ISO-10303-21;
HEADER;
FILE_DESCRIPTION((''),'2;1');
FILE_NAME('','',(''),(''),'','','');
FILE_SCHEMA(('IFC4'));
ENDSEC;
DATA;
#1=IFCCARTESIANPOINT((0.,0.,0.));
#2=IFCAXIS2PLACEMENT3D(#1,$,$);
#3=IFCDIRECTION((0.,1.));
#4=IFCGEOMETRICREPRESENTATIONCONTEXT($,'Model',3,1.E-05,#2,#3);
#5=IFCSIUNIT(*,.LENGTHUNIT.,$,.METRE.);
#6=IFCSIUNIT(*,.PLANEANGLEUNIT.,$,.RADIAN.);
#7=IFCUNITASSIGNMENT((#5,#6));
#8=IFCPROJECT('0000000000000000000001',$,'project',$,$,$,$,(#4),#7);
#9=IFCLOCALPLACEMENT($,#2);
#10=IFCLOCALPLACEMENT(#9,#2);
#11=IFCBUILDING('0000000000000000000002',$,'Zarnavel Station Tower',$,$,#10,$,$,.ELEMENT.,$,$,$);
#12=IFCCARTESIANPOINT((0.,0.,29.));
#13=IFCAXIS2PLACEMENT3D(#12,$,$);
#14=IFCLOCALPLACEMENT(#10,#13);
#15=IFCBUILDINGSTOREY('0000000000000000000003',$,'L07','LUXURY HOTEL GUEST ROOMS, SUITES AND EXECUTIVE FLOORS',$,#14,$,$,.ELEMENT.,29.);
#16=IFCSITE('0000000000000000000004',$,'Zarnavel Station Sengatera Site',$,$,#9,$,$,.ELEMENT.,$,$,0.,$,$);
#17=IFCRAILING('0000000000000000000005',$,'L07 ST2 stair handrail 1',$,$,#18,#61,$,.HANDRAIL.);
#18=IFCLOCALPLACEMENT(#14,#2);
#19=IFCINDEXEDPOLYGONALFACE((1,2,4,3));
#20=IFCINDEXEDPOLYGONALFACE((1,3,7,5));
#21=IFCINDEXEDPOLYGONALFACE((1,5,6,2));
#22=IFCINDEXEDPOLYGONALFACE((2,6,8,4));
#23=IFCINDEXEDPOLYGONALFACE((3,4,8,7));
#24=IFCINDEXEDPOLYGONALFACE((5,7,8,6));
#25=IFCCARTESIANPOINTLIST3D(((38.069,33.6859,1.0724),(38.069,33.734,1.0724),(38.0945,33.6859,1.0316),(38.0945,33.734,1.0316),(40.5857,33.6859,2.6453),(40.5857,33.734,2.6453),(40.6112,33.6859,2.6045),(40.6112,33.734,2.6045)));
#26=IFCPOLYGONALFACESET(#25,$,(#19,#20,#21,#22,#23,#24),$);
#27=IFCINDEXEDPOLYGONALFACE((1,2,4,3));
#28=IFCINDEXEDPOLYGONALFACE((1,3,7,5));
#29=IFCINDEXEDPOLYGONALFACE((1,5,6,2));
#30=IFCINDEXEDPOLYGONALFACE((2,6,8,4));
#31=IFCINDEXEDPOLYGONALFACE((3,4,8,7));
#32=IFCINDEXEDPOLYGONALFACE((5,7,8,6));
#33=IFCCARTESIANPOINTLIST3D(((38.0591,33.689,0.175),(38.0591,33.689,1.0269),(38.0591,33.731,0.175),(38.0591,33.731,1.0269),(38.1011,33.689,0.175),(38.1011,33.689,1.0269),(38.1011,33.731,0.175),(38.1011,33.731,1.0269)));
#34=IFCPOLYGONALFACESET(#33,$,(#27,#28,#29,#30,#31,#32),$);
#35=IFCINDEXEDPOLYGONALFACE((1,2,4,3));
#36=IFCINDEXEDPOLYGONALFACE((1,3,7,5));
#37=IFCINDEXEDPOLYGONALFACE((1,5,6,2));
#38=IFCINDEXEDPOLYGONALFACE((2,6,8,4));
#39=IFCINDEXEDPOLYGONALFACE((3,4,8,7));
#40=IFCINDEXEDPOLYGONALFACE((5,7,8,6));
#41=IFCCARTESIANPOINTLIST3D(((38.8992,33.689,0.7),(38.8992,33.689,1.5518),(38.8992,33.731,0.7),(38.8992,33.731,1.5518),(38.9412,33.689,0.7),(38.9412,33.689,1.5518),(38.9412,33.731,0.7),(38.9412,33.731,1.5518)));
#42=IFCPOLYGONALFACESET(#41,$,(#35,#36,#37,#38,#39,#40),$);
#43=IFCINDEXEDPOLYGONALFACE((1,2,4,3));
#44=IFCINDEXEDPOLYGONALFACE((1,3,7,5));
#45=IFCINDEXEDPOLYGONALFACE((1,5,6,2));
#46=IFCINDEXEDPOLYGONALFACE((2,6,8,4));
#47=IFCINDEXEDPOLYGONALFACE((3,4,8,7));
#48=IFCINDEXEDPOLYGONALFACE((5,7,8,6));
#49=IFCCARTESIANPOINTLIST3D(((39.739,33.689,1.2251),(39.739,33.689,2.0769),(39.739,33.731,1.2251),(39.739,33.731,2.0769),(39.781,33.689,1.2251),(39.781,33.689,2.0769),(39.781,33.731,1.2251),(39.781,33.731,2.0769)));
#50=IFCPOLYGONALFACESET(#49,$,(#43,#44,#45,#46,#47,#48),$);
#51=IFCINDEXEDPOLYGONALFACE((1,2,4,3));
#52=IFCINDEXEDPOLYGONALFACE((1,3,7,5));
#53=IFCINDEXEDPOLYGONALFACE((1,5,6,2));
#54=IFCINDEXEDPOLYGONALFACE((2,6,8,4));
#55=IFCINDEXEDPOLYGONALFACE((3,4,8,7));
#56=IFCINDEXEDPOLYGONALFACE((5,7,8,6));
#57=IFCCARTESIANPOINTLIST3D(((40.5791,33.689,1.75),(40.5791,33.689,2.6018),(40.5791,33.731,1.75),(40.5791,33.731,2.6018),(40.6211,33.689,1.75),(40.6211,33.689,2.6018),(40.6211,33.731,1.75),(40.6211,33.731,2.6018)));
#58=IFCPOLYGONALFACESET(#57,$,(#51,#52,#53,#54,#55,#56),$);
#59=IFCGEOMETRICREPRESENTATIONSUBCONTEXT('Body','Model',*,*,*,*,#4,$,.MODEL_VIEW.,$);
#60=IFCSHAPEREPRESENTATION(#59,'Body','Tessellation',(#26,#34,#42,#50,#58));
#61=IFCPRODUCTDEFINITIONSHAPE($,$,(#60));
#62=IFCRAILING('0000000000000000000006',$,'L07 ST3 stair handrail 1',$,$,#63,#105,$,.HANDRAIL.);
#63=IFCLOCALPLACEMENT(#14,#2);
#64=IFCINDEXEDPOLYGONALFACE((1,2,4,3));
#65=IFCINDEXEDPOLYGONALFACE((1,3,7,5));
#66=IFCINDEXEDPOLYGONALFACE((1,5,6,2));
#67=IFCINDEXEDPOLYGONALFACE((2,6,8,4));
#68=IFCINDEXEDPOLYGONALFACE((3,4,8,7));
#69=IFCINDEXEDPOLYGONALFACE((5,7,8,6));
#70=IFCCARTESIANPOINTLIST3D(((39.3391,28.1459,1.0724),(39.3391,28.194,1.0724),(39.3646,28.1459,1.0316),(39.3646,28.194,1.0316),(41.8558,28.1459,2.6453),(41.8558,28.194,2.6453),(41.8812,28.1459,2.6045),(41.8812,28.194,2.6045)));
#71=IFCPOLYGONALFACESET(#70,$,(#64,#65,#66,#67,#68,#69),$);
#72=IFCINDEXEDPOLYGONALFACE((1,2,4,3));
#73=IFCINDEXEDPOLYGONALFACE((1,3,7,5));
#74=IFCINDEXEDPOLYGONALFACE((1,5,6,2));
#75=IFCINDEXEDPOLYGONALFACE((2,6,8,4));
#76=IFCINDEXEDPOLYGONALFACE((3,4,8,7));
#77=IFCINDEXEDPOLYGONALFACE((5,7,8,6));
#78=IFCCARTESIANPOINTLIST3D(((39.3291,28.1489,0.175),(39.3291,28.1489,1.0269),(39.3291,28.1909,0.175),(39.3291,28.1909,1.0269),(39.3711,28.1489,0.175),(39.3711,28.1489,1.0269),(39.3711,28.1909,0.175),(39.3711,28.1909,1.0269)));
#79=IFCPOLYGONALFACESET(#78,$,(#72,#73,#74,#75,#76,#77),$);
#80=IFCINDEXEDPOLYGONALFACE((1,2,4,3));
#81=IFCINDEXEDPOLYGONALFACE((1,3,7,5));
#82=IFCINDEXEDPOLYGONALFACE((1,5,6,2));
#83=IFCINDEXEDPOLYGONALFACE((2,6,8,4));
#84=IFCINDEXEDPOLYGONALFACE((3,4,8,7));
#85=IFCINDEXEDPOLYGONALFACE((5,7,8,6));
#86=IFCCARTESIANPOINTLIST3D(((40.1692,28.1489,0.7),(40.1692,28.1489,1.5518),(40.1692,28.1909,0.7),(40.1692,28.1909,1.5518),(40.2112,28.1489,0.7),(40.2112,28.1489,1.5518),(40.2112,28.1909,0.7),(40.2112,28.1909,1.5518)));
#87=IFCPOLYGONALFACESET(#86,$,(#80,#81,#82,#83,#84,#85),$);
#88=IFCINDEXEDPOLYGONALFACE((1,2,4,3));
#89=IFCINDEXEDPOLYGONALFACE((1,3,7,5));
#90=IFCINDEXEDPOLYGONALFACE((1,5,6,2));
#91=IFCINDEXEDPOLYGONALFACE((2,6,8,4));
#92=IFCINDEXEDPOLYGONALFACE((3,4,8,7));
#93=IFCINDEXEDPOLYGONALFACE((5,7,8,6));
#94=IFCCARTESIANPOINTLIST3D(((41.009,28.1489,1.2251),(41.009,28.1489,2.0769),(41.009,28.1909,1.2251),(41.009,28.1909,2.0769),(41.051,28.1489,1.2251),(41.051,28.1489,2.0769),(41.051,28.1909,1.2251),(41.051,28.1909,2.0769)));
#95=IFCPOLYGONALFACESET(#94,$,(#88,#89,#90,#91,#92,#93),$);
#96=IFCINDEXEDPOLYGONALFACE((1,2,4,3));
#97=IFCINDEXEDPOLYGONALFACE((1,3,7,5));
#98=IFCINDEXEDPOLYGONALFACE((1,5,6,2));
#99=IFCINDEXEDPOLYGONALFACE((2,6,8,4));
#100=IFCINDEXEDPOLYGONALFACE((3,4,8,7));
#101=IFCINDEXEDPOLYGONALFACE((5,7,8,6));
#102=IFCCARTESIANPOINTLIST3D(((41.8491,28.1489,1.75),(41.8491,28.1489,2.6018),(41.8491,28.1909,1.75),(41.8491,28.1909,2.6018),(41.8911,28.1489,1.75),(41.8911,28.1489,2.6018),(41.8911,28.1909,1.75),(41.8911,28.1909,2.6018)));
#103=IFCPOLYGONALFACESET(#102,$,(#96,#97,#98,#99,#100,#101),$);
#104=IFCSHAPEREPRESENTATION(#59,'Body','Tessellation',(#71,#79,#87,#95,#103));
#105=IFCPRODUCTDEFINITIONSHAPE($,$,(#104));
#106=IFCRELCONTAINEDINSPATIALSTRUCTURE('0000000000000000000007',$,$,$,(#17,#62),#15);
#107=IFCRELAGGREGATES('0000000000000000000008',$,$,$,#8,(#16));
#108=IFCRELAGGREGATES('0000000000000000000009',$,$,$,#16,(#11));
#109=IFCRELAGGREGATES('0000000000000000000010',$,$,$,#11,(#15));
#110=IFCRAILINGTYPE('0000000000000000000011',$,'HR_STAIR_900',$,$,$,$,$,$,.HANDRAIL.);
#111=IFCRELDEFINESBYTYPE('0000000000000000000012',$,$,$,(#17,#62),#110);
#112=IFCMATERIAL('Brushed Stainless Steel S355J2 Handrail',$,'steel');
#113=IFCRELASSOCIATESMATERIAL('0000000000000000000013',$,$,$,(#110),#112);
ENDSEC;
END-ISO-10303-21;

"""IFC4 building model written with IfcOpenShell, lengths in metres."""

from ifc_helpers import new_model, si_unit, direction, frame, origin, origin_2d, place, context, subcontext, project, spatial, rectangle, extrude, material, type_object, element, save


model = new_model("IFC4")

# Units and contexts
model_context = context("Model", 3, precision=1e-05, world=origin(), true_north=direction((0.0, 1.0)))
body_context = subcontext(model_context, "Body", "Model", "MODEL_VIEW")
ifc_project = project(units=[si_unit("LENGTHUNIT", "METRE"), si_unit("PLANEANGLEUNIT", "RADIAN")], contexts=[model_context])

# Site, building, storey
site_placement = place(None, origin())
site = spatial("IfcSite", under=ifc_project, at=site_placement, Name="Zarnavel Station Sengatera Site", CompositionType="ELEMENT", RefElevation=0.0)
building_placement = place(site_placement, origin())
building = spatial("IfcBuilding", under=site, at=building_placement, Name="Zarnavel Station Tower", CompositionType="ELEMENT")
storey_placement = place(building_placement, frame((0.0, 0.0, 29.0)))
storey = spatial("IfcBuildingStorey", under=building, at=storey_placement, Name="L07", Description="LUXURY HOTEL GUEST ROOMS, SUITES AND EXECUTIVE FLOORS", CompositionType="ELEMENT", Elevation=29.0)

# Railings
ifc_material_1 = material(Name="Brushed Stainless Steel S355J2 Handrail", Category="steel")
railing_type_1 = type_object("IfcRailingType", Name="HR_STAIR_900", PredefinedType="HANDRAIL", material=ifc_material_1)
for number, where, name in (
    (1, (38.0801, 33.71, 0.175), "L07 ST2 stair handrail 1"),
    (2, (39.3501, 28.1699, 0.175), "L07 ST3 stair handrail 1"),
):
    element("IfcRailing", number, at=place(storey_placement, frame(where)), inside=storey, type_object=railing_type_1, Name=name, PredefinedType="HANDRAIL", context=body_context, shape_type="SweptSolid", body=[
        extrude(rectangle(XDim=0.0481, YDim=0.0481, at=origin_2d()), frame((0.0017, 0.0, 0.877), z_axis=(0.848008, 0.0, 0.529984), x_axis=(0.0, 1.0, 0.0)), (0.0, 0.0, 1.0), 2.9678),
        extrude(rectangle(XDim=0.042, YDim=0.042, at=origin_2d()), origin(), (0.0, 0.0, 1.0), 0.8518),
        extrude(rectangle(XDim=0.042, YDim=0.042, at=origin_2d()), frame((0.8401, 0.0, 0.5249)), (0.0, 0.0, 1.0), 0.8518),
        extrude(rectangle(XDim=0.042, YDim=0.042, at=origin_2d()), frame((1.6799, 0.0, 1.05)), (0.0, 0.0, 1.0), 0.8518),
        extrude(rectangle(XDim=0.042, YDim=0.042, at=origin_2d()), frame((2.52, 0.0, 1.575)), (0.0, 0.0, 1.0), 0.8518),
    ])

save(model, "model.ifc")
